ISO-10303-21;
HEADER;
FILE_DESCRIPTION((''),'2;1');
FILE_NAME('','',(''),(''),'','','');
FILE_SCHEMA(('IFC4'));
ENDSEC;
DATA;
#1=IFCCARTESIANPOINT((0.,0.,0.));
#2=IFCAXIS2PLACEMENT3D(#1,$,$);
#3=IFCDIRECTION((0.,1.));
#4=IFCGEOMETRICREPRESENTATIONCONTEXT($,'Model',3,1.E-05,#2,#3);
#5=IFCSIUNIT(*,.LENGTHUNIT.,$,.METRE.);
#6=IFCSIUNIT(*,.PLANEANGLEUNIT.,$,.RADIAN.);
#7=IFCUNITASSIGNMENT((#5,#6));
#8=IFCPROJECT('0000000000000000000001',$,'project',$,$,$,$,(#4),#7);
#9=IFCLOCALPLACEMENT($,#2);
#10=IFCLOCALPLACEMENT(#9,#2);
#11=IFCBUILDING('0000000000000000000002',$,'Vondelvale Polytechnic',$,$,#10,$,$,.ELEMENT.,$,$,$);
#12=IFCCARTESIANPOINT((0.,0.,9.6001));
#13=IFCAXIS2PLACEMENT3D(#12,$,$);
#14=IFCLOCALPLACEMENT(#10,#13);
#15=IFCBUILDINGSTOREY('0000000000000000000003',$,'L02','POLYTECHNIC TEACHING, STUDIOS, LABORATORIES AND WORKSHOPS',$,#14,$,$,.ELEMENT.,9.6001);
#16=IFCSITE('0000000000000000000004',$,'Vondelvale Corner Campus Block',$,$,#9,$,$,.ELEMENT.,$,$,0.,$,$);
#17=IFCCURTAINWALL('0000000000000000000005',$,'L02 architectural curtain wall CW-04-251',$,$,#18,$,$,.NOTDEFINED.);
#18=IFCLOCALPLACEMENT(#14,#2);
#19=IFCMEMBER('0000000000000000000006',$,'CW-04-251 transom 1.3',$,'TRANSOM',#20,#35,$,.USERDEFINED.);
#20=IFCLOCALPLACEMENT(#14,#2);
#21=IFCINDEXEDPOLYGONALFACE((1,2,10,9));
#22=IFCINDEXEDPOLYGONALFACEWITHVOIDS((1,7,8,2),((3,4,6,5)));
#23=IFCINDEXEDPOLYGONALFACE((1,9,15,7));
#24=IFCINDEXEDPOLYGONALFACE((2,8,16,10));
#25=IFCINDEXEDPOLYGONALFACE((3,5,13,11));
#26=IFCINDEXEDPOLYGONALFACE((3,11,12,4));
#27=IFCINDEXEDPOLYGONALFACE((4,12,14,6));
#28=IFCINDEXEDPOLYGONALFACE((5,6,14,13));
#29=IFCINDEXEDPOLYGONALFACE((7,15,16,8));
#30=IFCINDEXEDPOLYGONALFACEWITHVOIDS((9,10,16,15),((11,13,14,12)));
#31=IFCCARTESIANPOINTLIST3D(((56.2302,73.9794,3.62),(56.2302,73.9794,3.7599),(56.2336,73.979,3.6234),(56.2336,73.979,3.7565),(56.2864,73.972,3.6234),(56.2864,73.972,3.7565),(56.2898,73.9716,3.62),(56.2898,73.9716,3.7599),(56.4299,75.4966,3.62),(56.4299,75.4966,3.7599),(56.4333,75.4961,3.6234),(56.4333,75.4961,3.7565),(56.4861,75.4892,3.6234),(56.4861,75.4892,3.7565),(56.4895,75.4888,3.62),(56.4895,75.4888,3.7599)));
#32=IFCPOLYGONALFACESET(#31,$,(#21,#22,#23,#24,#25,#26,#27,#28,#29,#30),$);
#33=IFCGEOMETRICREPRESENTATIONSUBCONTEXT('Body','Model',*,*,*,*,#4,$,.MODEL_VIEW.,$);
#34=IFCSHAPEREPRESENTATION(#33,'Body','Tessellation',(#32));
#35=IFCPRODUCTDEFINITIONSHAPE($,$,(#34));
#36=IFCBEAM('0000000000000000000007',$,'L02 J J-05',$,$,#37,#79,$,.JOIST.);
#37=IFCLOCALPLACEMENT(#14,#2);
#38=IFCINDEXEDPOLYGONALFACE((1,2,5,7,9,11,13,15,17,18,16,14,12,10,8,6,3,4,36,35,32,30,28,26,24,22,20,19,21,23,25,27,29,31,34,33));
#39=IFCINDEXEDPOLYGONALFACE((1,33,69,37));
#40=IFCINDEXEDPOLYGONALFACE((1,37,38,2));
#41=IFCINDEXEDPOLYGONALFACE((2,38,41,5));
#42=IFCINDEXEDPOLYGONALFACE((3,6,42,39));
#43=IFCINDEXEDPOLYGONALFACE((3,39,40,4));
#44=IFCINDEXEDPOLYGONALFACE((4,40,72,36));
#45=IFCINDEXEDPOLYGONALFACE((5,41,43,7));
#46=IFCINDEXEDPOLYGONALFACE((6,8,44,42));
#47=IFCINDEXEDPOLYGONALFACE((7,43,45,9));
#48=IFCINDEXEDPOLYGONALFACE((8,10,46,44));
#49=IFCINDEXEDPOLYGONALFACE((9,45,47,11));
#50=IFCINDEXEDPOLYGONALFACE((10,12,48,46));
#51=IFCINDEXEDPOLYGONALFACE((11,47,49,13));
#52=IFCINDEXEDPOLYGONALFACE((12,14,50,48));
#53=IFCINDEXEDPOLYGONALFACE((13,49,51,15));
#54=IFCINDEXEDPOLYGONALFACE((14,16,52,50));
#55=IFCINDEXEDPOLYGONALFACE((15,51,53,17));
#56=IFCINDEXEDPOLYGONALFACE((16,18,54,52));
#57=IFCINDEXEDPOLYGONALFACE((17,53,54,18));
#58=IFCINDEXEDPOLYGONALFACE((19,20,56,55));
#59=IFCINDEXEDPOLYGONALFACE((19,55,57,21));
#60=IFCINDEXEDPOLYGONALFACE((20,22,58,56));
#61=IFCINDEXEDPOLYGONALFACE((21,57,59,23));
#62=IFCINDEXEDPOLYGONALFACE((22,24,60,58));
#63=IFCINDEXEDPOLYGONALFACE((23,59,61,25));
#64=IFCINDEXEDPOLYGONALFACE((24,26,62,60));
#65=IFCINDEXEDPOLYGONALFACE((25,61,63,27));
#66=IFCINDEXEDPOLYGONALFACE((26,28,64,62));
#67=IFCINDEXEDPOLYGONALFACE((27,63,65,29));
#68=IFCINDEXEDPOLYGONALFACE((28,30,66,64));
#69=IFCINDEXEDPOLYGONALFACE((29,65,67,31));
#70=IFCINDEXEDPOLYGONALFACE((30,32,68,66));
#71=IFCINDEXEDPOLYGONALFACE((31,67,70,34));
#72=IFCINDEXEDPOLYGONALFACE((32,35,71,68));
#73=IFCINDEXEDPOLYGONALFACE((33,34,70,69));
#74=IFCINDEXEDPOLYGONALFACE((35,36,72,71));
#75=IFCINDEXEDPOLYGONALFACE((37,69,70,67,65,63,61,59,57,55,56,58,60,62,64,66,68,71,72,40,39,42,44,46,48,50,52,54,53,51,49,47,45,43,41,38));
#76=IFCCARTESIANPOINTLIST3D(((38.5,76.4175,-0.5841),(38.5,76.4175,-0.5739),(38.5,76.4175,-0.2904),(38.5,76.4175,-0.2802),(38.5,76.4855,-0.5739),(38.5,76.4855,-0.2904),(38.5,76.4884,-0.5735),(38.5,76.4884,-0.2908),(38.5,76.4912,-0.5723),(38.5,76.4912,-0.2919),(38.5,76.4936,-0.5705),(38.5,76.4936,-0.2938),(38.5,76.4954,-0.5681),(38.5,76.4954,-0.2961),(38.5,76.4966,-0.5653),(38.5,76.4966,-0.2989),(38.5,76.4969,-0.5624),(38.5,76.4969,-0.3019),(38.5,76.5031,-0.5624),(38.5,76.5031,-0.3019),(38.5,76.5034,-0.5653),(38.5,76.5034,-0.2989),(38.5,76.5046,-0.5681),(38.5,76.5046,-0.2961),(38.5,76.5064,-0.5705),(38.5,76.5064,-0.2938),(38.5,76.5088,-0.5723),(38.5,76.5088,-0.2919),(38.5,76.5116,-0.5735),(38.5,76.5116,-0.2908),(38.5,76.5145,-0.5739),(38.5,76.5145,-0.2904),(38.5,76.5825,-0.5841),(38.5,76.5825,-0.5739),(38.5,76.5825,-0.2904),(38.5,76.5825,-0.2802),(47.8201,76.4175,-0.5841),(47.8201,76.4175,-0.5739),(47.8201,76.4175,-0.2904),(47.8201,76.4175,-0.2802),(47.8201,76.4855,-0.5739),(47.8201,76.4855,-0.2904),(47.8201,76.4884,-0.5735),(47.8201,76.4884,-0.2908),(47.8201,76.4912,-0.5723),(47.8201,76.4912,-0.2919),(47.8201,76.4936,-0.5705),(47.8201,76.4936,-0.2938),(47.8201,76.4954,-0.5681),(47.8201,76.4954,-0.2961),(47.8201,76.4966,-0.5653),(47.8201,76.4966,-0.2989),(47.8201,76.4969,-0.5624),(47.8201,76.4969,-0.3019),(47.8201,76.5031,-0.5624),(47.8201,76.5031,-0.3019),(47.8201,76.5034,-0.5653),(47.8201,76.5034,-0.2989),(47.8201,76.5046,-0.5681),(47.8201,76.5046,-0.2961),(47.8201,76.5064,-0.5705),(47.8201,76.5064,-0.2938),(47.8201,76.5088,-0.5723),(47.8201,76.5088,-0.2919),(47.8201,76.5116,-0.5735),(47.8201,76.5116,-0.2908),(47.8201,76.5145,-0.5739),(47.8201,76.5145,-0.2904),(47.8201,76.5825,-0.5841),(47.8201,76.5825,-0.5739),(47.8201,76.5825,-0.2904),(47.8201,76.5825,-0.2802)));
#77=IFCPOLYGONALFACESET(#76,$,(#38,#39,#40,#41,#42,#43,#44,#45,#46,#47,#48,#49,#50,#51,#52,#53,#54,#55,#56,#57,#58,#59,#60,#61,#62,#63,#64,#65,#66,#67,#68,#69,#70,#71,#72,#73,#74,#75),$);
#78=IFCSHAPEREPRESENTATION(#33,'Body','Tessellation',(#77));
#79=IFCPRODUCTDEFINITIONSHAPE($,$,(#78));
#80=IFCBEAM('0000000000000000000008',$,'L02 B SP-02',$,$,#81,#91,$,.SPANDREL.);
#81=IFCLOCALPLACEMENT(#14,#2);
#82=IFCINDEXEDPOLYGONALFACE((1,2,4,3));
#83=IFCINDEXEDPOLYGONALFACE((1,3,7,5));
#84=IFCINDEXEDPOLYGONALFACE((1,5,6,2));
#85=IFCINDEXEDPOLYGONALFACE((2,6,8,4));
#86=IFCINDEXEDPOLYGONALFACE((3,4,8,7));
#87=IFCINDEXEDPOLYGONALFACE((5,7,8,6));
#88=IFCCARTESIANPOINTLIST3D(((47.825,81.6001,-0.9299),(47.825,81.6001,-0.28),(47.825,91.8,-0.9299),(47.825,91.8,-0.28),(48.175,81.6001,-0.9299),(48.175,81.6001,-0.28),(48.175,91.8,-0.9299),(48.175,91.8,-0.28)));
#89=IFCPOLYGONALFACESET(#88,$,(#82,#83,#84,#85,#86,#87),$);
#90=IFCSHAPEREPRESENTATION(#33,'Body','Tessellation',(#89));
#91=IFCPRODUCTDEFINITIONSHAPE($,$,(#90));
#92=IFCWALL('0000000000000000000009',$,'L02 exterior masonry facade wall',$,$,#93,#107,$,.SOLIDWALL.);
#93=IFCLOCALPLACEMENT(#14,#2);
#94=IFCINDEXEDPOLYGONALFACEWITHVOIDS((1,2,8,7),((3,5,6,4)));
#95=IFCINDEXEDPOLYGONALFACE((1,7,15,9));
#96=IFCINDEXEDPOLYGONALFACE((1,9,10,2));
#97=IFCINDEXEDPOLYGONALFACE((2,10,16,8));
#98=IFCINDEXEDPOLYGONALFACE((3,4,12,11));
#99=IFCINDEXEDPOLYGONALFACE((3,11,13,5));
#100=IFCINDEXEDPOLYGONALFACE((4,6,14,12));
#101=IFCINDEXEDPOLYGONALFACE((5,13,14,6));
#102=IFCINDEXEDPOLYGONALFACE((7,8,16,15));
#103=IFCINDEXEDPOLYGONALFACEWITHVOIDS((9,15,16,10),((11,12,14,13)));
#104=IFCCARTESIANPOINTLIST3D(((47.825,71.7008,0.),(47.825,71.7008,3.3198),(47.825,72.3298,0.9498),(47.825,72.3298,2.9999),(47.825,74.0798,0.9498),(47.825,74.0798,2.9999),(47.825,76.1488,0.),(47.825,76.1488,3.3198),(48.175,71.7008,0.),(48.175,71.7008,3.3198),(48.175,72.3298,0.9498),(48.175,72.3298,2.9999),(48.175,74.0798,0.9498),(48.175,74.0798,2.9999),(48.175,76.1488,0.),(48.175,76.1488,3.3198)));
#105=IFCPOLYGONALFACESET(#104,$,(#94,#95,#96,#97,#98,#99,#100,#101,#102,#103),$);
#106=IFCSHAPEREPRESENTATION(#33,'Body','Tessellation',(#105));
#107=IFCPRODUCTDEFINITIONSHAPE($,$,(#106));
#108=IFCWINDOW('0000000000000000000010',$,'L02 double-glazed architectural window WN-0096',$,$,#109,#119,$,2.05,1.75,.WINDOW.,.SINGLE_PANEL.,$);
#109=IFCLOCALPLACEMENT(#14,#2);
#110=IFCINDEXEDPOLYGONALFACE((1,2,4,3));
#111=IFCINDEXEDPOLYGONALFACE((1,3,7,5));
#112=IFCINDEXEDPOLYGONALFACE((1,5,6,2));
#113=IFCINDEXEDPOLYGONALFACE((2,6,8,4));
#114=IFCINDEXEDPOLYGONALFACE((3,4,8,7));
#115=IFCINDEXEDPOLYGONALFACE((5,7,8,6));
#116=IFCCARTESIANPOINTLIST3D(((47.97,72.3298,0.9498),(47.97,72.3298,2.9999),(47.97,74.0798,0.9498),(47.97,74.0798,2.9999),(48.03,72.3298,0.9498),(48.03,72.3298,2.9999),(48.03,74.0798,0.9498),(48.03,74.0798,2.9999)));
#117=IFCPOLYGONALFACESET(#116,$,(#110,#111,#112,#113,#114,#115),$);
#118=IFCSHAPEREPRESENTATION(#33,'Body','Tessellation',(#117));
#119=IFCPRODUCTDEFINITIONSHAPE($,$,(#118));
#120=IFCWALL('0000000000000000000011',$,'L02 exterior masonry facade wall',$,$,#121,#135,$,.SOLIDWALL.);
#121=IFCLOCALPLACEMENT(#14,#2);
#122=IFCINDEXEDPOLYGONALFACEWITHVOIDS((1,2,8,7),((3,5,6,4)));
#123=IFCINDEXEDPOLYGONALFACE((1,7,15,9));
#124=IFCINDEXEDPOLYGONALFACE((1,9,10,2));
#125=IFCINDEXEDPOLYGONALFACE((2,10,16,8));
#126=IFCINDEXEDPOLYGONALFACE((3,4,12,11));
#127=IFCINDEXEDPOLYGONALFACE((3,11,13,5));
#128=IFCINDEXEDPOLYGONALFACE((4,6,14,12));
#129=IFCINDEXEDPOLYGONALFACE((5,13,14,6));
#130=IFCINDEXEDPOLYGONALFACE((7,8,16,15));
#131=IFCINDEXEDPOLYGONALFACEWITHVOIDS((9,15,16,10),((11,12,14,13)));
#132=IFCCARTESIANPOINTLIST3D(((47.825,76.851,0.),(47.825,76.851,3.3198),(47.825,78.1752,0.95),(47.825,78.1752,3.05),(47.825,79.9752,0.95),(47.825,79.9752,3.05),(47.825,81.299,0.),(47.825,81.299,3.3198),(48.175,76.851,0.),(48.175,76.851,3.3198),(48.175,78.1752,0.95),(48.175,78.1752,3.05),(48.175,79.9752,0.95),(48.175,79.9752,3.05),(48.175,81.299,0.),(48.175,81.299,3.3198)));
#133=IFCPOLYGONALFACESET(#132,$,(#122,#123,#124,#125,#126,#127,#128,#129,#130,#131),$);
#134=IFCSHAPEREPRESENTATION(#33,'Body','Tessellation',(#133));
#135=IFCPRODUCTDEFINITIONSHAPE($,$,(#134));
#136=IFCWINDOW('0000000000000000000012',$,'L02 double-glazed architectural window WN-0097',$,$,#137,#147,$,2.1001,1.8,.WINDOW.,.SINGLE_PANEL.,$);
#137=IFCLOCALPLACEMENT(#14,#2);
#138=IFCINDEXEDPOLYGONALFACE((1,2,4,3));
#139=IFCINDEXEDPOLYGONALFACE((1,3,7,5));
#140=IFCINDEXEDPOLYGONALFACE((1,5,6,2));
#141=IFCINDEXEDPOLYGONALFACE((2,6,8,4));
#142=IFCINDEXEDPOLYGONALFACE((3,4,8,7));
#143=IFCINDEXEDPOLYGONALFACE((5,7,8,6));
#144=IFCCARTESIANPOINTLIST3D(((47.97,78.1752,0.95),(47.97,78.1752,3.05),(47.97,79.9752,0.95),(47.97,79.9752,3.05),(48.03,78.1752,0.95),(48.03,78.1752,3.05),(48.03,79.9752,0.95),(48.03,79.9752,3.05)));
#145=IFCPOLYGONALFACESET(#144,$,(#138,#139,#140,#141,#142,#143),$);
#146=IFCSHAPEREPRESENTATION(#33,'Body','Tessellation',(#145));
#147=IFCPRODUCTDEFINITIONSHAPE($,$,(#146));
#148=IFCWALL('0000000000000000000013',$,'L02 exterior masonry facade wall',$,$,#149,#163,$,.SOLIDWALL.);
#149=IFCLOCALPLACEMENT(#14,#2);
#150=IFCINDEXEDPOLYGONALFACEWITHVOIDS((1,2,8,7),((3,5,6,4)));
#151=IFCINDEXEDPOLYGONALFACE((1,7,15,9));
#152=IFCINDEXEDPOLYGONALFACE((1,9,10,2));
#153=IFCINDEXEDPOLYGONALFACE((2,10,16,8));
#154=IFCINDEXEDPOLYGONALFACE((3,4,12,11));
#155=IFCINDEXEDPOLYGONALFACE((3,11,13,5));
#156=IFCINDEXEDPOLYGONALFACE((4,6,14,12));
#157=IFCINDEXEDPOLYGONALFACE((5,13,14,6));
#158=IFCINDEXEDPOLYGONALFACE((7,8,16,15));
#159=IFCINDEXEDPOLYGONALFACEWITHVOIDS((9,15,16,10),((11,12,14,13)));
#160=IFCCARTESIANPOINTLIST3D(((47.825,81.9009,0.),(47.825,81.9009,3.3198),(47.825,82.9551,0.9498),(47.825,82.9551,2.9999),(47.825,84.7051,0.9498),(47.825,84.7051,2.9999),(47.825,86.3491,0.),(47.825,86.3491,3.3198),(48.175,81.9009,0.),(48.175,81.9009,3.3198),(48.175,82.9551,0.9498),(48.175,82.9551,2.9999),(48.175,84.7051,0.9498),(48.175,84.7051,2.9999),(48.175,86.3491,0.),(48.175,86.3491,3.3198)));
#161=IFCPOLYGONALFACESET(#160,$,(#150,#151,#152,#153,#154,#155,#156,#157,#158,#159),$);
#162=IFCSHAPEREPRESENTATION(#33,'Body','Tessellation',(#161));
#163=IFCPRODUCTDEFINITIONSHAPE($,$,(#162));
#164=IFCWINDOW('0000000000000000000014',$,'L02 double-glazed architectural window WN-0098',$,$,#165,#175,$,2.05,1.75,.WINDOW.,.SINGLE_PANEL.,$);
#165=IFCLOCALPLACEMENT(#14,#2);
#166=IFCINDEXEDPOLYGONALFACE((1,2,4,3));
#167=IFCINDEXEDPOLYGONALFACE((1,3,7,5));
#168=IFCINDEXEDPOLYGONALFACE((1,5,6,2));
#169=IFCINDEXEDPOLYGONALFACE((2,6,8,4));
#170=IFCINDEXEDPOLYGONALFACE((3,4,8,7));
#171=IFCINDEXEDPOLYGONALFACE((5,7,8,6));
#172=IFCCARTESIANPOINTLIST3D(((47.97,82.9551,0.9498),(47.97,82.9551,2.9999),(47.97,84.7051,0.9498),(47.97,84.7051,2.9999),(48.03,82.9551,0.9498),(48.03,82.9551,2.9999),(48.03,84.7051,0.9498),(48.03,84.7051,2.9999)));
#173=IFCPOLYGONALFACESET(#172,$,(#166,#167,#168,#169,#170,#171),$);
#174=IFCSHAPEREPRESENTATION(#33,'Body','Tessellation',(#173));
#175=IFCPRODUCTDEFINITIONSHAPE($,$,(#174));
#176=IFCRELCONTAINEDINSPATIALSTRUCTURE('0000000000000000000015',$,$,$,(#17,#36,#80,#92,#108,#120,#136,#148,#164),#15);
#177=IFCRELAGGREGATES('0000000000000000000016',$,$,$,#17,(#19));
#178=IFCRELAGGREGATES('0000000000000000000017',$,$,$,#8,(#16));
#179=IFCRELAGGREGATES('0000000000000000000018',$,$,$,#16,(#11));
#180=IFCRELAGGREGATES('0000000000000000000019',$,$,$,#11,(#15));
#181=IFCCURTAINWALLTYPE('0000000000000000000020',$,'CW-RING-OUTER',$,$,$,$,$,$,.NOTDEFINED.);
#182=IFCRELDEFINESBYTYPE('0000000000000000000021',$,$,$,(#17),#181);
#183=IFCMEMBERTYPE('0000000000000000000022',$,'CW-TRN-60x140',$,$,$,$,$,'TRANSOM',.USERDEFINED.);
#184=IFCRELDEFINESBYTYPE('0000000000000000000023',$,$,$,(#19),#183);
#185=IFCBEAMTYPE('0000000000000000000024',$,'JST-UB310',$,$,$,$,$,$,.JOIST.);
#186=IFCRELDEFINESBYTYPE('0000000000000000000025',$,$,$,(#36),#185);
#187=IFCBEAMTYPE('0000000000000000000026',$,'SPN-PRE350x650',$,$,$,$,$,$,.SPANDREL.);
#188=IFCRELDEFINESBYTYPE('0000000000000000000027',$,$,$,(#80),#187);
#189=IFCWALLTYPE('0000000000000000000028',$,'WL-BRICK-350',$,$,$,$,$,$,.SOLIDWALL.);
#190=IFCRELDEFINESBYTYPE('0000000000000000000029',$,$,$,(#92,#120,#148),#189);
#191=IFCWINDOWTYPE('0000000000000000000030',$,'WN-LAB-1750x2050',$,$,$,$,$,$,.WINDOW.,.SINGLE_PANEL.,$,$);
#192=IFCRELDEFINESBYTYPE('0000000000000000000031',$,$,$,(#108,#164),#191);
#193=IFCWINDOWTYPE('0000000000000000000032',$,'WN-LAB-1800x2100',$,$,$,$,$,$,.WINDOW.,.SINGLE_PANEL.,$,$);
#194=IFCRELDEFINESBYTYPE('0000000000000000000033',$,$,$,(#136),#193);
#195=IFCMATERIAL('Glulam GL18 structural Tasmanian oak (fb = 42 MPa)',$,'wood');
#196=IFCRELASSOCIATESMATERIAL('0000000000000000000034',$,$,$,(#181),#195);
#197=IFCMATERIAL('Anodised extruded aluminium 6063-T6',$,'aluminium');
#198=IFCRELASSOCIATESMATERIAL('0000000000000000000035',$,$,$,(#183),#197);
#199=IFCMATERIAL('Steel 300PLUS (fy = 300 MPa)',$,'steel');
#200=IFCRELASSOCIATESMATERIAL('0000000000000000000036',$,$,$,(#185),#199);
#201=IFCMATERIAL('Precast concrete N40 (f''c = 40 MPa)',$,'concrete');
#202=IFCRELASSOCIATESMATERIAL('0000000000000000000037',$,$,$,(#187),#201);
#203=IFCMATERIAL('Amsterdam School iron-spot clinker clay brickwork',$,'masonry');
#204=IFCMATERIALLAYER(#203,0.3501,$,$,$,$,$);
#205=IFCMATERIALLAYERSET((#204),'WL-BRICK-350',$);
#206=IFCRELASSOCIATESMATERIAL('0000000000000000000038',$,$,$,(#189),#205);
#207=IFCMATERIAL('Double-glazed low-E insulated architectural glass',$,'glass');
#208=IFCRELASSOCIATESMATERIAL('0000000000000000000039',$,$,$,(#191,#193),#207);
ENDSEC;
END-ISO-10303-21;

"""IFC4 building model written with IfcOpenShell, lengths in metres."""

from ifc_helpers import new_model, si_unit, direction, frame, frame_2d, origin, origin_2d, place, context, subcontext, project, spatial, rectangle, hollow_rectangle, i_section, extrude, material, layer, layer_set, material_profile, profile_set, type_object, element, fill, aggregate, save


model = new_model("IFC4")

# Units and contexts
model_context = context("Model", 3, precision=1e-05, world=origin(), true_north=direction((0.0, 1.0)))
body_context = subcontext(model_context, "Body", "Model", "MODEL_VIEW")
ifc_project = project(units=[si_unit("LENGTHUNIT", "METRE"), si_unit("PLANEANGLEUNIT", "RADIAN")], contexts=[model_context])

# Site, building, storey
site_placement = place(None, origin())
site = spatial("IfcSite", under=ifc_project, at=site_placement, Name="Vondelvale Corner Campus Block", CompositionType="ELEMENT", RefElevation=0.0)
building_placement = place(site_placement, origin())
building = spatial("IfcBuilding", under=site, at=building_placement, Name="Vondelvale Polytechnic", CompositionType="ELEMENT")
storey_placement = place(building_placement, frame((0.0, 0.0, 9.6001)))
storey = spatial("IfcBuildingStorey", under=building, at=storey_placement, Name="L02", Description="POLYTECHNIC TEACHING, STUDIOS, LABORATORIES AND WORKSHOPS", CompositionType="ELEMENT", Elevation=9.6001)

# Shared definitions
ifc_material_1 = material(Name="Steel 300PLUS (fy = 300 MPa)", Category="steel")

# Curtain wall, member
ifc_material_2 = material(Name="Glulam GL18 structural Tasmanian oak (fb = 42 MPa)", Category="wood")
curtain_wall_type = type_object("IfcCurtainWallType", Name="CW-RING-OUTER", PredefinedType="NOTDEFINED", material=ifc_material_2)
curtain_wall_placement = place(storey_placement, origin())
curtain_wall = element("IfcCurtainWall", 1, at=curtain_wall_placement, inside=storey, type_object=curtain_wall_type, Name="L02 architectural curtain wall CW-04-251", PredefinedType="NOTDEFINED")
ifc_material_3 = material(Name="Anodised extruded aluminium 6063-T6", Category="aluminium")
ifc_material_profile_1 = material_profile(ifc_material_3, hollow_rectangle(XDim=0.0601, YDim=0.1399, WallThickness=0.0034, at=origin_2d()), Name="CW-TRN-140x60")
ifc_profile_set_1 = profile_set([ifc_material_profile_1], Name="Anodised extruded aluminium 6063-T6")
member_type = type_object("IfcMemberType", Name="CW-TRN-60x140", ElementType="TRANSOM", PredefinedType="USERDEFINED", material=ifc_profile_set_1)
member_1_placement = place(storey_placement, frame((56.4597, 75.4927, 3.6899), z_axis=(-0.130512, -0.991447, 0.0), x_axis=(0.991447, -0.130512, 0.0)))
member_1 = element("IfcMember", 2, at=member_1_placement, type_object=member_type, Name="CW-04-251 transom 1.3", ObjectType="TRANSOM", PredefinedType="USERDEFINED", context=body_context, shape_type="SweptSolid", body=[
    extrude(hollow_rectangle(XDim=0.0601, YDim=0.1399, WallThickness=0.0034, at=origin_2d()), origin(), (0.0, 0.0, 1.0), 1.5303),
])
aggregate(curtain_wall, [member_1])

# Beams
ifc_material_profile_2 = material_profile(ifc_material_1, i_section(OverallWidth=0.165, OverallDepth=0.304, WebThickness=0.0061, FlangeThickness=0.0103, FilletRadius=0.0115, at=origin_2d()), Name="310UB40.4")
ifc_profile_set_2 = profile_set([ifc_material_profile_2], Name="Steel 300PLUS (fy = 300 MPa)")
beam_type_1 = type_object("IfcBeamType", Name="JST-UB310", PredefinedType="JOIST", material=ifc_profile_set_2)
beam_1_placement = place(storey_placement, frame((38.5, 76.5, -0.4321), z_axis=(1.0, 0.0, 0.0), x_axis=(0.0, 1.0, 0.0)))
element("IfcBeam", 3, at=beam_1_placement, inside=storey, type_object=beam_type_1, Name="L02 J J-05", PredefinedType="JOIST", context=body_context, shape_type="SweptSolid", body=[
    extrude(i_section(OverallWidth=0.165, OverallDepth=0.304, WebThickness=0.0061, FlangeThickness=0.0103, FilletRadius=0.0115, at=origin_2d()), origin(), (0.0, 0.0, 1.0), 9.3201),
])
ifc_material_4 = material(Name="Precast concrete N40 (f'c = 40 MPa)", Category="concrete")
ifc_material_profile_3 = material_profile(ifc_material_4, rectangle(XDim=0.3501, YDim=0.6499, at=origin_2d()), Name="RC-SPN-350x650")
ifc_profile_set_3 = profile_set([ifc_material_profile_3], Name="Precast concrete N40 (f'c = 40 MPa)")
beam_type_2 = type_object("IfcBeamType", Name="SPN-PRE350x650", PredefinedType="SPANDREL", material=ifc_profile_set_3)
beam_2_placement = place(storey_placement, frame((48.0, 81.6001, -0.605), z_axis=(0.0, 1.0, 0.0), x_axis=(-1.0, 0.0, 0.0)))
element("IfcBeam", 4, at=beam_2_placement, inside=storey, type_object=beam_type_2, Name="L02 B SP-02", PredefinedType="SPANDREL", context=body_context, shape_type="SweptSolid", body=[
    extrude(rectangle(XDim=0.3501, YDim=0.6499, at=origin_2d()), origin(), (0.0, 0.0, 1.0), 10.2),
])

# Walls, openings, windows
ifc_material_5 = material(Name="Amsterdam School iron-spot clinker clay brickwork", Category="masonry")
ifc_layer_1 = layer(ifc_material_5, 0.3501)
ifc_layer_set_1 = layer_set([ifc_layer_1], Name="WL-BRICK-350")
wall_type_1 = type_object("IfcWallType", Name="WL-BRICK-350", PredefinedType="SOLIDWALL", material=ifc_layer_set_1)
wall_1_placement = place(storey_placement, frame((48.0, 76.1489, 0.0), z_axis=(0.0, 0.0, 1.0), x_axis=(0.0, -1.0, 0.0)))
wall_1 = element("IfcWall", 5, at=wall_1_placement, inside=storey, type_object=wall_type_1, Name="L02 exterior masonry facade wall", PredefinedType="SOLIDWALL", context=body_context, shape_type="SweptSolid", body=[
    extrude(rectangle(XDim=4.448, YDim=0.3501, at=frame_2d((2.2241, 0.0))), origin(), (0.0, 0.0, 1.0), 3.3198),
])
opening_1_placement = place(wall_1_placement, frame((2.0691, 0.0, 0.95)))
opening_1 = element("IfcOpeningElement", 6, at=opening_1_placement, cuts=wall_1, PredefinedType="OPENING", context=body_context, shape_type="SweptSolid", body=[
    extrude(rectangle(XDim=1.75, YDim=2.05, at=frame_2d((0.875, 1.0249))), frame((0.0, 0.1851, 0.0), z_axis=(0.0, -1.0, 0.0), x_axis=(1.0, 0.0, 0.0)), (0.0, 0.0, 1.0), 0.3701),
])
ifc_material_6 = material(Name="Double-glazed low-E insulated architectural glass", Category="glass")
window_type_1 = type_object("IfcWindowType", Name="WN-LAB-1750x2050", PartitioningType="SINGLE_PANEL", PredefinedType="WINDOW", material=ifc_material_6)
window_1_placement = place(opening_1_placement, origin())
window_1 = element("IfcWindow", 7, at=window_1_placement, inside=storey, type_object=window_type_1, Name="L02 double-glazed architectural window WN-0096", OverallHeight=2.05, OverallWidth=1.75, PartitioningType="SINGLE_PANEL", PredefinedType="WINDOW", context=body_context, shape_type="SweptSolid", body=[
    extrude(rectangle(XDim=1.75, YDim=2.05, at=frame_2d((0.875, 1.0249))), frame((0.0, 0.03, 0.0), z_axis=(0.0, -1.0, 0.0), x_axis=(1.0, 0.0, 0.0)), (0.0, 0.0, 1.0), 0.0601),
])
fill(opening_1, window_1)
wall_2_placement = place(storey_placement, frame((48.0, 81.2991, 0.0), z_axis=(0.0, 0.0, 1.0), x_axis=(0.0, -1.0, 0.0)))
wall_2 = element("IfcWall", 8, at=wall_2_placement, inside=storey, type_object=wall_type_1, Name="L02 exterior masonry facade wall", PredefinedType="SOLIDWALL", context=body_context, shape_type="SweptSolid", body=[
    extrude(rectangle(XDim=4.448, YDim=0.3501, at=frame_2d((2.2241, 0.0))), origin(), (0.0, 0.0, 1.0), 3.3198),
])
opening_2_placement = place(wall_2_placement, frame((1.324, 0.0, 0.95)))
opening_2 = element("IfcOpeningElement", 9, at=opening_2_placement, cuts=wall_2, PredefinedType="OPENING", context=body_context, shape_type="SweptSolid", body=[
    extrude(rectangle(XDim=1.8, YDim=2.1001, at=frame_2d((0.8999, 1.05))), frame((0.0, 0.1851, 0.0), z_axis=(0.0, -1.0, 0.0), x_axis=(1.0, 0.0, 0.0)), (0.0, 0.0, 1.0), 0.3701),
])
window_type_2 = type_object("IfcWindowType", Name="WN-LAB-1800x2100", PartitioningType="SINGLE_PANEL", PredefinedType="WINDOW", material=ifc_material_6)
window_2_placement = place(opening_2_placement, origin())
window_2 = element("IfcWindow", 10, at=window_2_placement, inside=storey, type_object=window_type_2, Name="L02 double-glazed architectural window WN-0097", OverallHeight=2.1001, OverallWidth=1.8, PartitioningType="SINGLE_PANEL", PredefinedType="WINDOW", context=body_context, shape_type="SweptSolid", body=[
    extrude(rectangle(XDim=1.8, YDim=2.1001, at=frame_2d((0.8999, 1.05))), frame((0.0, 0.03, 0.0), z_axis=(0.0, -1.0, 0.0), x_axis=(1.0, 0.0, 0.0)), (0.0, 0.0, 1.0), 0.0601),
])
fill(opening_2, window_2)
wall_3_placement = place(storey_placement, frame((48.0, 86.3491, 0.0), z_axis=(0.0, 0.0, 1.0), x_axis=(0.0, -1.0, 0.0)))
wall_3 = element("IfcWall", 11, at=wall_3_placement, inside=storey, type_object=wall_type_1, Name="L02 exterior masonry facade wall", PredefinedType="SOLIDWALL", context=body_context, shape_type="SweptSolid", body=[
    extrude(rectangle(XDim=4.4482, YDim=0.3501, at=frame_2d((2.2241, 0.0))), origin(), (0.0, 0.0, 1.0), 3.3198),
])
opening_3_placement = place(wall_3_placement, frame((1.644, 0.0, 0.95)))
opening_3 = element("IfcOpeningElement", 12, at=opening_3_placement, cuts=wall_3, PredefinedType="OPENING", context=body_context, shape_type="SweptSolid", body=[
    extrude(rectangle(XDim=1.75, YDim=2.05, at=frame_2d((0.875, 1.0249))), frame((0.0, 0.1851, 0.0), z_axis=(0.0, -1.0, 0.0), x_axis=(1.0, 0.0, 0.0)), (0.0, 0.0, 1.0), 0.3701),
])
window_3_placement = place(opening_3_placement, origin())
window_3 = element("IfcWindow", 13, at=window_3_placement, inside=storey, type_object=window_type_1, Name="L02 double-glazed architectural window WN-0098", OverallHeight=2.05, OverallWidth=1.75, PartitioningType="SINGLE_PANEL", PredefinedType="WINDOW", context=body_context, shape_type="SweptSolid", body=[
    extrude(rectangle(XDim=1.75, YDim=2.05, at=frame_2d((0.875, 1.0249))), frame((0.0, 0.03, 0.0), z_axis=(0.0, -1.0, 0.0), x_axis=(1.0, 0.0, 0.0)), (0.0, 0.0, 1.0), 0.0601),
])
fill(opening_3, window_3)

save(model, "model.ifc")
